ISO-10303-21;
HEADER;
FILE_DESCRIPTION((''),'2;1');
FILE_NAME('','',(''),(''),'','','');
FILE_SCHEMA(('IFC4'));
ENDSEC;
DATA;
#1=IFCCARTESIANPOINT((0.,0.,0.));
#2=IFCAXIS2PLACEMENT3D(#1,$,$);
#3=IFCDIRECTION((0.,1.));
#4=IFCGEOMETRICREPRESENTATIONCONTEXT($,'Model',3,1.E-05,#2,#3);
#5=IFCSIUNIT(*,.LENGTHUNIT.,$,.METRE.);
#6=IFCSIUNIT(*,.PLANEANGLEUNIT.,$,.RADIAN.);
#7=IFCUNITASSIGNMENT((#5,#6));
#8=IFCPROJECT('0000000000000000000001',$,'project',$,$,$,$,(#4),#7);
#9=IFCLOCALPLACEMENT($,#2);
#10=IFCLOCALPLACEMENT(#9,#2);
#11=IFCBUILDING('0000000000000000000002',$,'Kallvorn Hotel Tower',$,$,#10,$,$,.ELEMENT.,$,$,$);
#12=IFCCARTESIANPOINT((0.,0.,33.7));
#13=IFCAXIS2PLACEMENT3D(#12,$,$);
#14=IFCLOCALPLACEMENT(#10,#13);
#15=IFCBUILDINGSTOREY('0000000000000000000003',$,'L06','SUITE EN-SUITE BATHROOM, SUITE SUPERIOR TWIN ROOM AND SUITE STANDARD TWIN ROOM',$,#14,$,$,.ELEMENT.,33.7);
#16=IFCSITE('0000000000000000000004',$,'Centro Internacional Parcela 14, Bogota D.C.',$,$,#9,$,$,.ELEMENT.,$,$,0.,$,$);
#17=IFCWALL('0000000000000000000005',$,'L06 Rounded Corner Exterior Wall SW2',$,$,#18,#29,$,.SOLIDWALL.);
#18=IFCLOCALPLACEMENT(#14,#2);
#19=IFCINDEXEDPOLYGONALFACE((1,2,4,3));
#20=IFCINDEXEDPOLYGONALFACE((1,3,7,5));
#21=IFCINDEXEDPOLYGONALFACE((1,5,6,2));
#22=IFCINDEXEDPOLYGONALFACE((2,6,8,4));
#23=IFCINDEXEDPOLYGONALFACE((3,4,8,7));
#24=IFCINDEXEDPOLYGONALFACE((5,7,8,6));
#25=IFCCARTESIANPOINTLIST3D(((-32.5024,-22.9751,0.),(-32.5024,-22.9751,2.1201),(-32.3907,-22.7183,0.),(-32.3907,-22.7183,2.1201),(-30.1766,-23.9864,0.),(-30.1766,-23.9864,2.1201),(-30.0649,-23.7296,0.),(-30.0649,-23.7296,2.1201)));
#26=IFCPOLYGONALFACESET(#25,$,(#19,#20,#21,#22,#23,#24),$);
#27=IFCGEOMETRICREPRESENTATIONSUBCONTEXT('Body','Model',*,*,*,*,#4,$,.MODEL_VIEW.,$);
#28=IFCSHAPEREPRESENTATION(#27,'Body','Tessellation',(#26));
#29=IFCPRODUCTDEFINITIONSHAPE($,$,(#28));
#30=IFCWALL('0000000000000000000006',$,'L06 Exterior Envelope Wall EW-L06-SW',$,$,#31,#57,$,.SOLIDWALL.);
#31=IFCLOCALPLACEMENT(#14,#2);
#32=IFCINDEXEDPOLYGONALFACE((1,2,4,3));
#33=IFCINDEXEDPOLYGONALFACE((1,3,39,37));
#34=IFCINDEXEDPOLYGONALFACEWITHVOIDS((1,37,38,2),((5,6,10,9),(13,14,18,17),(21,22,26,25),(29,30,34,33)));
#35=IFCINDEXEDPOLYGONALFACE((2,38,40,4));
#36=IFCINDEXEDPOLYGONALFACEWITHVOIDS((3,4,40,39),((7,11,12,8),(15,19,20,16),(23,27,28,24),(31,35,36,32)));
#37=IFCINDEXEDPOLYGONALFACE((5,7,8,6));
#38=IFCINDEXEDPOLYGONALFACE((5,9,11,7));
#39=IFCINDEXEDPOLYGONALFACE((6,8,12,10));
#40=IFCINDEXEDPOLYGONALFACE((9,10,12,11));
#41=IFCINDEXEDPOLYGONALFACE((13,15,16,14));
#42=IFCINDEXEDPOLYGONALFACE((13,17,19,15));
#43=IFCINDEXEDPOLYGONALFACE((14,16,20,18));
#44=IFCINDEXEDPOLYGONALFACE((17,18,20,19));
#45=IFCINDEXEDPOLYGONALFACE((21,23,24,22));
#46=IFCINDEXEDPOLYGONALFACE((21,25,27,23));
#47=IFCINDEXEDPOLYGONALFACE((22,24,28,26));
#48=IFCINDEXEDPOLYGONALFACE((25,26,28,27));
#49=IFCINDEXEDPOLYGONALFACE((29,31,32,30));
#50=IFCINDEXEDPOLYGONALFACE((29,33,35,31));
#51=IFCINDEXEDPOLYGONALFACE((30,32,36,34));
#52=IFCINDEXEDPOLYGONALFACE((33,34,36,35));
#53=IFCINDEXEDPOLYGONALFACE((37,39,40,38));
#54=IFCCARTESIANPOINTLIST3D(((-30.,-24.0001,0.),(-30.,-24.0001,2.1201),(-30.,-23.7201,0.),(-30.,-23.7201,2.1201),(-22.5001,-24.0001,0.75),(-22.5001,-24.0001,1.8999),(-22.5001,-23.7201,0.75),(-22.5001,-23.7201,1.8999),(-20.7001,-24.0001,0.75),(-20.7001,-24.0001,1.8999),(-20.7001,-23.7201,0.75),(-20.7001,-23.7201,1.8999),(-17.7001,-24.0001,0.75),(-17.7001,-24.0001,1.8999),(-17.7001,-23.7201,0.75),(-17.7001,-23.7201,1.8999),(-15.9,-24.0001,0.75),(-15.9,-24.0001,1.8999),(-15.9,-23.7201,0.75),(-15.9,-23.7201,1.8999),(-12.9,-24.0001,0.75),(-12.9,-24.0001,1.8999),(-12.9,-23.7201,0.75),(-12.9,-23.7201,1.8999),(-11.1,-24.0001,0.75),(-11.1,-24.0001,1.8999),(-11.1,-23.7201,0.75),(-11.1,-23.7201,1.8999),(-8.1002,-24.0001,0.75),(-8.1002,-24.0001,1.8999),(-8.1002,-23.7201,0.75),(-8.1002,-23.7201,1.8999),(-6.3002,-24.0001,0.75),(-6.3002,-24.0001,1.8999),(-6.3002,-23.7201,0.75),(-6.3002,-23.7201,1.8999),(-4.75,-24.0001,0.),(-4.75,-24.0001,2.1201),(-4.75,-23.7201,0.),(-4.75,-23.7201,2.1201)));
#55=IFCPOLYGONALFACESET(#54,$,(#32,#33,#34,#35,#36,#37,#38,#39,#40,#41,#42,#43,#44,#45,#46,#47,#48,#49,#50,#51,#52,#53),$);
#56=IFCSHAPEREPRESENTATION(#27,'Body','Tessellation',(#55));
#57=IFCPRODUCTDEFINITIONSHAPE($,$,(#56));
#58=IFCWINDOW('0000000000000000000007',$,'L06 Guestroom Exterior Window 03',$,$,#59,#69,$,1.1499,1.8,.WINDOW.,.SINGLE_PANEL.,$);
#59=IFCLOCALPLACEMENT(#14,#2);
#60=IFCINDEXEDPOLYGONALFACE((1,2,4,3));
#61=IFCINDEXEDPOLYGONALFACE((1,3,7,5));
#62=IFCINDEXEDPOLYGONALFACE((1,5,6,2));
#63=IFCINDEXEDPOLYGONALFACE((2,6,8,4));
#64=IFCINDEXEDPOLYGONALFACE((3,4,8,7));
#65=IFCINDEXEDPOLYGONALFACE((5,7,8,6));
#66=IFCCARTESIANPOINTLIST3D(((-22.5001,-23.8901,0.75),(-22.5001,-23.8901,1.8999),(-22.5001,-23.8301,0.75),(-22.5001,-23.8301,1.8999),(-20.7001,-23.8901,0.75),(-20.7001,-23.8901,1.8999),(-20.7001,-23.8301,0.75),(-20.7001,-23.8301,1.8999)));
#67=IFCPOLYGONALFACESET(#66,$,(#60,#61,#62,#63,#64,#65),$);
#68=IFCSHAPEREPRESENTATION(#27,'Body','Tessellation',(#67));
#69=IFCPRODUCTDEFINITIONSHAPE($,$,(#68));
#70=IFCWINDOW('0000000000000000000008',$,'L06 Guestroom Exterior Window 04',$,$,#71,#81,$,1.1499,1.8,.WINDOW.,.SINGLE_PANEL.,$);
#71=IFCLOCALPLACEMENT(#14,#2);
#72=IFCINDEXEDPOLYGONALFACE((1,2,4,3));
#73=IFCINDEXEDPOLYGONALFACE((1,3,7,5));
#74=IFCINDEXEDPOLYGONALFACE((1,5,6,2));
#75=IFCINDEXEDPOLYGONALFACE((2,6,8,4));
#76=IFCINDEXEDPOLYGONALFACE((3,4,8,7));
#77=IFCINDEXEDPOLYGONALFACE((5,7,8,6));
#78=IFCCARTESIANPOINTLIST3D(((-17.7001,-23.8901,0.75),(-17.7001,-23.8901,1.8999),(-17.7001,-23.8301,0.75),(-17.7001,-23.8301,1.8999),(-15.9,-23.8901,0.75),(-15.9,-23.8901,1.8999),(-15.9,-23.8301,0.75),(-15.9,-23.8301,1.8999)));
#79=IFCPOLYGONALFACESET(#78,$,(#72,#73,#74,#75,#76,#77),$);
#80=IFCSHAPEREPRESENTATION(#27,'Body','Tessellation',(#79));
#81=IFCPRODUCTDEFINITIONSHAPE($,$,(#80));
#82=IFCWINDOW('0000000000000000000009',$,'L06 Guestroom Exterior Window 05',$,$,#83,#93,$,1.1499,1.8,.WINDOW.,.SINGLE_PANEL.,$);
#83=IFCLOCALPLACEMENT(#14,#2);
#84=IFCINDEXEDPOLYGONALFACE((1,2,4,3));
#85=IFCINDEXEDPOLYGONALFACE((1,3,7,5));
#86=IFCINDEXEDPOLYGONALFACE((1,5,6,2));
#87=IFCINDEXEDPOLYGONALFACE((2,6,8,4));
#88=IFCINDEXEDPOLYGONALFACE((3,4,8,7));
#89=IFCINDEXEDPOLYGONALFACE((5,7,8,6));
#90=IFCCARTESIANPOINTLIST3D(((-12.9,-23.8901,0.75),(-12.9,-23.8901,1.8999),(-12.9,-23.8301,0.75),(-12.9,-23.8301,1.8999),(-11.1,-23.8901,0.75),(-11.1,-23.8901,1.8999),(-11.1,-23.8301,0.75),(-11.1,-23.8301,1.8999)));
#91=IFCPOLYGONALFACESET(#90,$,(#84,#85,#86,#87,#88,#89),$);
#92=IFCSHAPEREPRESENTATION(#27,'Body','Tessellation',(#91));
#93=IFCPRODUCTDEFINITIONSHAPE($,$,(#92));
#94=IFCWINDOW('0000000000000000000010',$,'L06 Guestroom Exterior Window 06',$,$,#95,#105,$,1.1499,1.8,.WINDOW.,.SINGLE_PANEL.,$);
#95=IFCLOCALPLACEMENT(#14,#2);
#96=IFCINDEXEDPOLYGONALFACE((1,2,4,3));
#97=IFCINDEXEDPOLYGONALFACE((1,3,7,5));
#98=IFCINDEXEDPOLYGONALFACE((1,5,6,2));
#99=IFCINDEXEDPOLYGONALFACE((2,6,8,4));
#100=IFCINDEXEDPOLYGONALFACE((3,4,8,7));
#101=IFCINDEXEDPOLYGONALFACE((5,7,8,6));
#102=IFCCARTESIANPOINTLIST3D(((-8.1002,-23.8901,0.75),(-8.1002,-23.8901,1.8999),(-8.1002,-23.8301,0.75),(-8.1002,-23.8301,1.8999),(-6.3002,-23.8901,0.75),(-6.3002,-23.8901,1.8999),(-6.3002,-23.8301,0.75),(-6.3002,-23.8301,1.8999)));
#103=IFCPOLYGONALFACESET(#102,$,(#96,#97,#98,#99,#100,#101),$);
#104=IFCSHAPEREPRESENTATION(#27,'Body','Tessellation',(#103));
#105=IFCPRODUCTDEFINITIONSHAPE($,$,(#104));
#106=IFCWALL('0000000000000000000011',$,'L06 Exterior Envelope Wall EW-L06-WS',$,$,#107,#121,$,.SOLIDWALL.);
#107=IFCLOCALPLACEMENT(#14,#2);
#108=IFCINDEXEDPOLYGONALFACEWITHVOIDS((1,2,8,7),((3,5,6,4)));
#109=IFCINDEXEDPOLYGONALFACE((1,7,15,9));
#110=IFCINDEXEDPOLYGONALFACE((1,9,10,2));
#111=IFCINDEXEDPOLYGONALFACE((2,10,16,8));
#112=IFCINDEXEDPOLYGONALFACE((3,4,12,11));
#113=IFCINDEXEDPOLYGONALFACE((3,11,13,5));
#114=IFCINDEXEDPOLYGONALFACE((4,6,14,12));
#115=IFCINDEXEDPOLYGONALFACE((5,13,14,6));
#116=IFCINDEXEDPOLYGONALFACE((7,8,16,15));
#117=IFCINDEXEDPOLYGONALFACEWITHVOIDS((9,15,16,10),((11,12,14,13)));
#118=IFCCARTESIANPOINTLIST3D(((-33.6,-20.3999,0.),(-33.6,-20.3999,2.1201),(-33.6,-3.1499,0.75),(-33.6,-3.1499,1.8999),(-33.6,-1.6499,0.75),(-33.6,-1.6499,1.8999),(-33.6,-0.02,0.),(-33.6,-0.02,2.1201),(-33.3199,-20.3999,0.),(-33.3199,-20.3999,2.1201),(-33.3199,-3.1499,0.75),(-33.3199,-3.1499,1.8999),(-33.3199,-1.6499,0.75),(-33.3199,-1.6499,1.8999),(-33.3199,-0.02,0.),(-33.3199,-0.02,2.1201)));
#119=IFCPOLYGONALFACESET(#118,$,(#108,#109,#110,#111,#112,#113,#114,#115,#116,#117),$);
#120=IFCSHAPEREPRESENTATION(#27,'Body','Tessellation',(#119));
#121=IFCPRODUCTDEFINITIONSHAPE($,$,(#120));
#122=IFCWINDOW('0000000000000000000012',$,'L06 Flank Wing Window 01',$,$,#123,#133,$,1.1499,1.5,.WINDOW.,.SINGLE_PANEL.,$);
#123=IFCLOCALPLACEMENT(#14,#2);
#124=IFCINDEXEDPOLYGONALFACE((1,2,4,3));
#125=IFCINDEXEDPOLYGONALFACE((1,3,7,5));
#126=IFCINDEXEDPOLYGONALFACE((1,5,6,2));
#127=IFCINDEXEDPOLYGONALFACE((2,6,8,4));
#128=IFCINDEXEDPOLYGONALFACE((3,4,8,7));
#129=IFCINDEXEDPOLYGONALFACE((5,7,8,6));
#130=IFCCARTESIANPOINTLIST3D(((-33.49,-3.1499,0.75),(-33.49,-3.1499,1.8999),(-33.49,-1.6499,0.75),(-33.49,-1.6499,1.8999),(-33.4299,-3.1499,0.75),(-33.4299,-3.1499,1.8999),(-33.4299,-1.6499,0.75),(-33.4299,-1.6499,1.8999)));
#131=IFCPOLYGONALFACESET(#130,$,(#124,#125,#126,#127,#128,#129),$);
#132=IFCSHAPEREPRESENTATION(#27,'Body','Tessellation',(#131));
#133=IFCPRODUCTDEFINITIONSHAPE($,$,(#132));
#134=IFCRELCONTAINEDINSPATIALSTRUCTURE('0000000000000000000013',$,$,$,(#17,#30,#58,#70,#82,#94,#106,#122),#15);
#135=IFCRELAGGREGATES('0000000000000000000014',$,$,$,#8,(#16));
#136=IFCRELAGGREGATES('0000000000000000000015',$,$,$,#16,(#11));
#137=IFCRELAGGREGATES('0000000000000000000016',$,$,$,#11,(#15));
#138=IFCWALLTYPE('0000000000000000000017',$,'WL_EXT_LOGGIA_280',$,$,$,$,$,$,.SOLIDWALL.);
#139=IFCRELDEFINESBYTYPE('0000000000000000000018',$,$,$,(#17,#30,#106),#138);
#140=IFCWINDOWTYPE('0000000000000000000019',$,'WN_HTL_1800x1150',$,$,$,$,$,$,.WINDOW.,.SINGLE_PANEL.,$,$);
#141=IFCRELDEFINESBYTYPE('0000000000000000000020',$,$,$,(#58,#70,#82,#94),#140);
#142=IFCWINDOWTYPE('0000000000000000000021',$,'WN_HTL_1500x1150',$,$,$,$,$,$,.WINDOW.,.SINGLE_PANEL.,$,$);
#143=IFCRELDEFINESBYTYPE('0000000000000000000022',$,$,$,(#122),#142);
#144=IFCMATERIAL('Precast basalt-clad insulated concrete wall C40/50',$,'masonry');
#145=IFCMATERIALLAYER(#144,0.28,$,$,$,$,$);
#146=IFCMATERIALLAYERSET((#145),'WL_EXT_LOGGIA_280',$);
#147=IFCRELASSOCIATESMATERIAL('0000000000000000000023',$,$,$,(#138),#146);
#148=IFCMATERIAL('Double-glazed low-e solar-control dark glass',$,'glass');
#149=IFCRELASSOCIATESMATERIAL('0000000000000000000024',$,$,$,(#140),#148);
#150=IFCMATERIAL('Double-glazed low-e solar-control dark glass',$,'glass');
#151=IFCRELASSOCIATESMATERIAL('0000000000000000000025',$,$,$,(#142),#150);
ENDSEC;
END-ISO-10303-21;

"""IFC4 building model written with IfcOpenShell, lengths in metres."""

from ifc_helpers import new_model, si_unit, direction, frame, frame_2d, origin, place, context, subcontext, project, spatial, rectangle, extrude, material, layer, layer_set, type_object, element, fill, save


model = new_model("IFC4")

# Units and contexts
model_context = context("Model", 3, precision=1e-05, world=origin(), true_north=direction((0.0, 1.0)))
body_context = subcontext(model_context, "Body", "Model", "MODEL_VIEW")
ifc_project = project(units=[si_unit("LENGTHUNIT", "METRE"), si_unit("PLANEANGLEUNIT", "RADIAN")], contexts=[model_context])

# Site, building, storey
site_placement = place(None, origin())
site = spatial("IfcSite", under=ifc_project, at=site_placement, Name="Centro Internacional Parcela 14, Bogota D.C.", CompositionType="ELEMENT", RefElevation=0.0)
building_placement = place(site_placement, origin())
building = spatial("IfcBuilding", under=site, at=building_placement, Name="Kallvorn Hotel Tower", CompositionType="ELEMENT")
storey_placement = place(building_placement, frame((0.0, 0.0, 33.7)))
storey = spatial("IfcBuildingStorey", under=building, at=storey_placement, Name="L06", Description="SUITE EN-SUITE BATHROOM, SUITE SUPERIOR TWIN ROOM AND SUITE STANDARD TWIN ROOM", CompositionType="ELEMENT", Elevation=33.7)

# Wall
ifc_material_1 = material(Name="Precast basalt-clad insulated concrete wall C40/50", Category="masonry")
ifc_layer = layer(ifc_material_1, 0.28)
ifc_layer_set = layer_set([ifc_layer], Name="WL_EXT_LOGGIA_280")
wall_type = type_object("IfcWallType", Name="WL_EXT_LOGGIA_280", PredefinedType="SOLIDWALL", material=ifc_layer_set)
wall_1_placement = place(storey_placement, frame((-32.4465, -22.8467, 0.0), z_axis=(0.0, 0.0, 1.0), x_axis=(0.917061, -0.398747, 0.0)))
element("IfcWall", 1, at=wall_1_placement, inside=storey, type_object=wall_type, Name="L06 Rounded Corner Exterior Wall SW2", PredefinedType="SOLIDWALL", context=body_context, shape_type="SweptSolid", body=[
    extrude(rectangle(XDim=2.5361, YDim=0.28, at=frame_2d((1.2681, 0.0))), origin(), (0.0, 0.0, 1.0), 2.1201),
])

# Wall, openings, windows
wall_2_placement = place(storey_placement, frame((-30.0, -23.8601, 0.0), z_axis=(0.0, 0.0, 1.0), x_axis=(1.0, 0.0, 0.0)))
wall_2 = element("IfcWall", 2, at=wall_2_placement, inside=storey, type_object=wall_type, Name="L06 Exterior Envelope Wall EW-L06-SW", PredefinedType="SOLIDWALL", context=body_context, shape_type="SweptSolid", body=[
    extrude(rectangle(XDim=25.25, YDim=0.28, at=frame_2d((12.625, 0.0))), origin(), (0.0, 0.0, 1.0), 2.1201),
])
opening_1_placement = place(wall_2_placement, frame((7.5, 0.0, 0.75)))
opening_1 = element("IfcOpeningElement", 3, at=opening_1_placement, cuts=wall_2, PredefinedType="OPENING", context=body_context, shape_type="SweptSolid", body=[
    extrude(rectangle(XDim=1.8, YDim=1.1499, at=frame_2d((0.8999, 0.575))), frame((0.0, 0.155, 0.0), z_axis=(0.0, -1.0, 0.0), x_axis=(1.0, 0.0, 0.0)), (0.0, 0.0, 1.0), 0.3101),
])
opening_2_placement = place(wall_2_placement, frame((12.3, 0.0, 0.75)))
opening_2 = element("IfcOpeningElement", 4, at=opening_2_placement, cuts=wall_2, PredefinedType="OPENING", context=body_context, shape_type="SweptSolid", body=[
    extrude(rectangle(XDim=1.8, YDim=1.1499, at=frame_2d((0.8999, 0.575))), frame((0.0, 0.155, 0.0), z_axis=(0.0, -1.0, 0.0), x_axis=(1.0, 0.0, 0.0)), (0.0, 0.0, 1.0), 0.3101),
])
opening_3_placement = place(wall_2_placement, frame((17.1001, 0.0, 0.75)))
opening_3 = element("IfcOpeningElement", 5, at=opening_3_placement, cuts=wall_2, PredefinedType="OPENING", context=body_context, shape_type="SweptSolid", body=[
    extrude(rectangle(XDim=1.8, YDim=1.1499, at=frame_2d((0.8999, 0.575))), frame((0.0, 0.155, 0.0), z_axis=(0.0, -1.0, 0.0), x_axis=(1.0, 0.0, 0.0)), (0.0, 0.0, 1.0), 0.3101),
])
opening_4_placement = place(wall_2_placement, frame((21.8999, 0.0, 0.75)))
opening_4 = element("IfcOpeningElement", 6, at=opening_4_placement, cuts=wall_2, PredefinedType="OPENING", context=body_context, shape_type="SweptSolid", body=[
    extrude(rectangle(XDim=1.8, YDim=1.1499, at=frame_2d((0.8999, 0.575))), frame((0.0, 0.155, 0.0), z_axis=(0.0, -1.0, 0.0), x_axis=(1.0, 0.0, 0.0)), (0.0, 0.0, 1.0), 0.3101),
])
ifc_material_2 = material(Name="Double-glazed low-e solar-control dark glass", Category="glass")
window_type_1 = type_object("IfcWindowType", Name="WN_HTL_1800x1150", PartitioningType="SINGLE_PANEL", PredefinedType="WINDOW", material=ifc_material_2)
window_1_placement = place(opening_1_placement, origin())
window_1 = element("IfcWindow", 7, at=window_1_placement, inside=storey, type_object=window_type_1, Name="L06 Guestroom Exterior Window 03", OverallHeight=1.1499, OverallWidth=1.8, PartitioningType="SINGLE_PANEL", PredefinedType="WINDOW", context=body_context, shape_type="SweptSolid", body=[
    extrude(rectangle(XDim=1.8, YDim=1.1499, at=frame_2d((0.8999, 0.575))), frame((0.0, 0.03, 0.0), z_axis=(0.0, -1.0, 0.0), x_axis=(1.0, 0.0, 0.0)), (0.0, 0.0, 1.0), 0.0601),
])
fill(opening_1, window_1)
window_2_placement = place(opening_2_placement, origin())
window_2 = element("IfcWindow", 8, at=window_2_placement, inside=storey, type_object=window_type_1, Name="L06 Guestroom Exterior Window 04", OverallHeight=1.1499, OverallWidth=1.8, PartitioningType="SINGLE_PANEL", PredefinedType="WINDOW", context=body_context, shape_type="SweptSolid", body=[
    extrude(rectangle(XDim=1.8, YDim=1.1499, at=frame_2d((0.8999, 0.575))), frame((0.0, 0.03, 0.0), z_axis=(0.0, -1.0, 0.0), x_axis=(1.0, 0.0, 0.0)), (0.0, 0.0, 1.0), 0.0601),
])
fill(opening_2, window_2)
window_3_placement = place(opening_3_placement, origin())
window_3 = element("IfcWindow", 9, at=window_3_placement, inside=storey, type_object=window_type_1, Name="L06 Guestroom Exterior Window 05", OverallHeight=1.1499, OverallWidth=1.8, PartitioningType="SINGLE_PANEL", PredefinedType="WINDOW", context=body_context, shape_type="SweptSolid", body=[
    extrude(rectangle(XDim=1.8, YDim=1.1499, at=frame_2d((0.8999, 0.575))), frame((0.0, 0.03, 0.0), z_axis=(0.0, -1.0, 0.0), x_axis=(1.0, 0.0, 0.0)), (0.0, 0.0, 1.0), 0.0601),
])
fill(opening_3, window_3)
window_4_placement = place(opening_4_placement, origin())
window_4 = element("IfcWindow", 10, at=window_4_placement, inside=storey, type_object=window_type_1, Name="L06 Guestroom Exterior Window 06", OverallHeight=1.1499, OverallWidth=1.8, PartitioningType="SINGLE_PANEL", PredefinedType="WINDOW", context=body_context, shape_type="SweptSolid", body=[
    extrude(rectangle(XDim=1.8, YDim=1.1499, at=frame_2d((0.8999, 0.575))), frame((0.0, 0.03, 0.0), z_axis=(0.0, -1.0, 0.0), x_axis=(1.0, 0.0, 0.0)), (0.0, 0.0, 1.0), 0.0601),
])
fill(opening_4, window_4)

# Wall, opening, window
wall_3_placement = place(storey_placement, frame((-33.46, -20.3999, 0.0), z_axis=(0.0, 0.0, 1.0), x_axis=(0.0, 1.0, 0.0)))
wall_3 = element("IfcWall", 11, at=wall_3_placement, inside=storey, type_object=wall_type, Name="L06 Exterior Envelope Wall EW-L06-WS", PredefinedType="SOLIDWALL", context=body_context, shape_type="SweptSolid", body=[
    extrude(rectangle(XDim=20.3799, YDim=0.28, at=frame_2d((10.1899, 0.0))), origin(), (0.0, 0.0, 1.0), 2.1201),
])
opening_5_placement = place(wall_3_placement, frame((17.25, 0.0, 0.75)))
opening_5 = element("IfcOpeningElement", 12, at=opening_5_placement, cuts=wall_3, PredefinedType="OPENING", context=body_context, shape_type="SweptSolid", body=[
    extrude(rectangle(XDim=1.5, YDim=1.1499, at=frame_2d((0.75, 0.575))), frame((0.0, 0.155, 0.0), z_axis=(0.0, -1.0, 0.0), x_axis=(1.0, 0.0, 0.0)), (0.0, 0.0, 1.0), 0.3101),
])
ifc_material_3 = material(Name="Double-glazed low-e solar-control dark glass", Category="glass")
window_type_2 = type_object("IfcWindowType", Name="WN_HTL_1500x1150", PartitioningType="SINGLE_PANEL", PredefinedType="WINDOW", material=ifc_material_3)
window_5_placement = place(opening_5_placement, origin())
window_5 = element("IfcWindow", 13, at=window_5_placement, inside=storey, type_object=window_type_2, Name="L06 Flank Wing Window 01", OverallHeight=1.1499, OverallWidth=1.5, PartitioningType="SINGLE_PANEL", PredefinedType="WINDOW", context=body_context, shape_type="SweptSolid", body=[
    extrude(rectangle(XDim=1.5, YDim=1.1499, at=frame_2d((0.75, 0.575))), frame((0.0, 0.03, 0.0), z_axis=(0.0, -1.0, 0.0), x_axis=(1.0, 0.0, 0.0)), (0.0, 0.0, 1.0), 0.0601),
])
fill(opening_5, window_5)

save(model, "model.ifc")
